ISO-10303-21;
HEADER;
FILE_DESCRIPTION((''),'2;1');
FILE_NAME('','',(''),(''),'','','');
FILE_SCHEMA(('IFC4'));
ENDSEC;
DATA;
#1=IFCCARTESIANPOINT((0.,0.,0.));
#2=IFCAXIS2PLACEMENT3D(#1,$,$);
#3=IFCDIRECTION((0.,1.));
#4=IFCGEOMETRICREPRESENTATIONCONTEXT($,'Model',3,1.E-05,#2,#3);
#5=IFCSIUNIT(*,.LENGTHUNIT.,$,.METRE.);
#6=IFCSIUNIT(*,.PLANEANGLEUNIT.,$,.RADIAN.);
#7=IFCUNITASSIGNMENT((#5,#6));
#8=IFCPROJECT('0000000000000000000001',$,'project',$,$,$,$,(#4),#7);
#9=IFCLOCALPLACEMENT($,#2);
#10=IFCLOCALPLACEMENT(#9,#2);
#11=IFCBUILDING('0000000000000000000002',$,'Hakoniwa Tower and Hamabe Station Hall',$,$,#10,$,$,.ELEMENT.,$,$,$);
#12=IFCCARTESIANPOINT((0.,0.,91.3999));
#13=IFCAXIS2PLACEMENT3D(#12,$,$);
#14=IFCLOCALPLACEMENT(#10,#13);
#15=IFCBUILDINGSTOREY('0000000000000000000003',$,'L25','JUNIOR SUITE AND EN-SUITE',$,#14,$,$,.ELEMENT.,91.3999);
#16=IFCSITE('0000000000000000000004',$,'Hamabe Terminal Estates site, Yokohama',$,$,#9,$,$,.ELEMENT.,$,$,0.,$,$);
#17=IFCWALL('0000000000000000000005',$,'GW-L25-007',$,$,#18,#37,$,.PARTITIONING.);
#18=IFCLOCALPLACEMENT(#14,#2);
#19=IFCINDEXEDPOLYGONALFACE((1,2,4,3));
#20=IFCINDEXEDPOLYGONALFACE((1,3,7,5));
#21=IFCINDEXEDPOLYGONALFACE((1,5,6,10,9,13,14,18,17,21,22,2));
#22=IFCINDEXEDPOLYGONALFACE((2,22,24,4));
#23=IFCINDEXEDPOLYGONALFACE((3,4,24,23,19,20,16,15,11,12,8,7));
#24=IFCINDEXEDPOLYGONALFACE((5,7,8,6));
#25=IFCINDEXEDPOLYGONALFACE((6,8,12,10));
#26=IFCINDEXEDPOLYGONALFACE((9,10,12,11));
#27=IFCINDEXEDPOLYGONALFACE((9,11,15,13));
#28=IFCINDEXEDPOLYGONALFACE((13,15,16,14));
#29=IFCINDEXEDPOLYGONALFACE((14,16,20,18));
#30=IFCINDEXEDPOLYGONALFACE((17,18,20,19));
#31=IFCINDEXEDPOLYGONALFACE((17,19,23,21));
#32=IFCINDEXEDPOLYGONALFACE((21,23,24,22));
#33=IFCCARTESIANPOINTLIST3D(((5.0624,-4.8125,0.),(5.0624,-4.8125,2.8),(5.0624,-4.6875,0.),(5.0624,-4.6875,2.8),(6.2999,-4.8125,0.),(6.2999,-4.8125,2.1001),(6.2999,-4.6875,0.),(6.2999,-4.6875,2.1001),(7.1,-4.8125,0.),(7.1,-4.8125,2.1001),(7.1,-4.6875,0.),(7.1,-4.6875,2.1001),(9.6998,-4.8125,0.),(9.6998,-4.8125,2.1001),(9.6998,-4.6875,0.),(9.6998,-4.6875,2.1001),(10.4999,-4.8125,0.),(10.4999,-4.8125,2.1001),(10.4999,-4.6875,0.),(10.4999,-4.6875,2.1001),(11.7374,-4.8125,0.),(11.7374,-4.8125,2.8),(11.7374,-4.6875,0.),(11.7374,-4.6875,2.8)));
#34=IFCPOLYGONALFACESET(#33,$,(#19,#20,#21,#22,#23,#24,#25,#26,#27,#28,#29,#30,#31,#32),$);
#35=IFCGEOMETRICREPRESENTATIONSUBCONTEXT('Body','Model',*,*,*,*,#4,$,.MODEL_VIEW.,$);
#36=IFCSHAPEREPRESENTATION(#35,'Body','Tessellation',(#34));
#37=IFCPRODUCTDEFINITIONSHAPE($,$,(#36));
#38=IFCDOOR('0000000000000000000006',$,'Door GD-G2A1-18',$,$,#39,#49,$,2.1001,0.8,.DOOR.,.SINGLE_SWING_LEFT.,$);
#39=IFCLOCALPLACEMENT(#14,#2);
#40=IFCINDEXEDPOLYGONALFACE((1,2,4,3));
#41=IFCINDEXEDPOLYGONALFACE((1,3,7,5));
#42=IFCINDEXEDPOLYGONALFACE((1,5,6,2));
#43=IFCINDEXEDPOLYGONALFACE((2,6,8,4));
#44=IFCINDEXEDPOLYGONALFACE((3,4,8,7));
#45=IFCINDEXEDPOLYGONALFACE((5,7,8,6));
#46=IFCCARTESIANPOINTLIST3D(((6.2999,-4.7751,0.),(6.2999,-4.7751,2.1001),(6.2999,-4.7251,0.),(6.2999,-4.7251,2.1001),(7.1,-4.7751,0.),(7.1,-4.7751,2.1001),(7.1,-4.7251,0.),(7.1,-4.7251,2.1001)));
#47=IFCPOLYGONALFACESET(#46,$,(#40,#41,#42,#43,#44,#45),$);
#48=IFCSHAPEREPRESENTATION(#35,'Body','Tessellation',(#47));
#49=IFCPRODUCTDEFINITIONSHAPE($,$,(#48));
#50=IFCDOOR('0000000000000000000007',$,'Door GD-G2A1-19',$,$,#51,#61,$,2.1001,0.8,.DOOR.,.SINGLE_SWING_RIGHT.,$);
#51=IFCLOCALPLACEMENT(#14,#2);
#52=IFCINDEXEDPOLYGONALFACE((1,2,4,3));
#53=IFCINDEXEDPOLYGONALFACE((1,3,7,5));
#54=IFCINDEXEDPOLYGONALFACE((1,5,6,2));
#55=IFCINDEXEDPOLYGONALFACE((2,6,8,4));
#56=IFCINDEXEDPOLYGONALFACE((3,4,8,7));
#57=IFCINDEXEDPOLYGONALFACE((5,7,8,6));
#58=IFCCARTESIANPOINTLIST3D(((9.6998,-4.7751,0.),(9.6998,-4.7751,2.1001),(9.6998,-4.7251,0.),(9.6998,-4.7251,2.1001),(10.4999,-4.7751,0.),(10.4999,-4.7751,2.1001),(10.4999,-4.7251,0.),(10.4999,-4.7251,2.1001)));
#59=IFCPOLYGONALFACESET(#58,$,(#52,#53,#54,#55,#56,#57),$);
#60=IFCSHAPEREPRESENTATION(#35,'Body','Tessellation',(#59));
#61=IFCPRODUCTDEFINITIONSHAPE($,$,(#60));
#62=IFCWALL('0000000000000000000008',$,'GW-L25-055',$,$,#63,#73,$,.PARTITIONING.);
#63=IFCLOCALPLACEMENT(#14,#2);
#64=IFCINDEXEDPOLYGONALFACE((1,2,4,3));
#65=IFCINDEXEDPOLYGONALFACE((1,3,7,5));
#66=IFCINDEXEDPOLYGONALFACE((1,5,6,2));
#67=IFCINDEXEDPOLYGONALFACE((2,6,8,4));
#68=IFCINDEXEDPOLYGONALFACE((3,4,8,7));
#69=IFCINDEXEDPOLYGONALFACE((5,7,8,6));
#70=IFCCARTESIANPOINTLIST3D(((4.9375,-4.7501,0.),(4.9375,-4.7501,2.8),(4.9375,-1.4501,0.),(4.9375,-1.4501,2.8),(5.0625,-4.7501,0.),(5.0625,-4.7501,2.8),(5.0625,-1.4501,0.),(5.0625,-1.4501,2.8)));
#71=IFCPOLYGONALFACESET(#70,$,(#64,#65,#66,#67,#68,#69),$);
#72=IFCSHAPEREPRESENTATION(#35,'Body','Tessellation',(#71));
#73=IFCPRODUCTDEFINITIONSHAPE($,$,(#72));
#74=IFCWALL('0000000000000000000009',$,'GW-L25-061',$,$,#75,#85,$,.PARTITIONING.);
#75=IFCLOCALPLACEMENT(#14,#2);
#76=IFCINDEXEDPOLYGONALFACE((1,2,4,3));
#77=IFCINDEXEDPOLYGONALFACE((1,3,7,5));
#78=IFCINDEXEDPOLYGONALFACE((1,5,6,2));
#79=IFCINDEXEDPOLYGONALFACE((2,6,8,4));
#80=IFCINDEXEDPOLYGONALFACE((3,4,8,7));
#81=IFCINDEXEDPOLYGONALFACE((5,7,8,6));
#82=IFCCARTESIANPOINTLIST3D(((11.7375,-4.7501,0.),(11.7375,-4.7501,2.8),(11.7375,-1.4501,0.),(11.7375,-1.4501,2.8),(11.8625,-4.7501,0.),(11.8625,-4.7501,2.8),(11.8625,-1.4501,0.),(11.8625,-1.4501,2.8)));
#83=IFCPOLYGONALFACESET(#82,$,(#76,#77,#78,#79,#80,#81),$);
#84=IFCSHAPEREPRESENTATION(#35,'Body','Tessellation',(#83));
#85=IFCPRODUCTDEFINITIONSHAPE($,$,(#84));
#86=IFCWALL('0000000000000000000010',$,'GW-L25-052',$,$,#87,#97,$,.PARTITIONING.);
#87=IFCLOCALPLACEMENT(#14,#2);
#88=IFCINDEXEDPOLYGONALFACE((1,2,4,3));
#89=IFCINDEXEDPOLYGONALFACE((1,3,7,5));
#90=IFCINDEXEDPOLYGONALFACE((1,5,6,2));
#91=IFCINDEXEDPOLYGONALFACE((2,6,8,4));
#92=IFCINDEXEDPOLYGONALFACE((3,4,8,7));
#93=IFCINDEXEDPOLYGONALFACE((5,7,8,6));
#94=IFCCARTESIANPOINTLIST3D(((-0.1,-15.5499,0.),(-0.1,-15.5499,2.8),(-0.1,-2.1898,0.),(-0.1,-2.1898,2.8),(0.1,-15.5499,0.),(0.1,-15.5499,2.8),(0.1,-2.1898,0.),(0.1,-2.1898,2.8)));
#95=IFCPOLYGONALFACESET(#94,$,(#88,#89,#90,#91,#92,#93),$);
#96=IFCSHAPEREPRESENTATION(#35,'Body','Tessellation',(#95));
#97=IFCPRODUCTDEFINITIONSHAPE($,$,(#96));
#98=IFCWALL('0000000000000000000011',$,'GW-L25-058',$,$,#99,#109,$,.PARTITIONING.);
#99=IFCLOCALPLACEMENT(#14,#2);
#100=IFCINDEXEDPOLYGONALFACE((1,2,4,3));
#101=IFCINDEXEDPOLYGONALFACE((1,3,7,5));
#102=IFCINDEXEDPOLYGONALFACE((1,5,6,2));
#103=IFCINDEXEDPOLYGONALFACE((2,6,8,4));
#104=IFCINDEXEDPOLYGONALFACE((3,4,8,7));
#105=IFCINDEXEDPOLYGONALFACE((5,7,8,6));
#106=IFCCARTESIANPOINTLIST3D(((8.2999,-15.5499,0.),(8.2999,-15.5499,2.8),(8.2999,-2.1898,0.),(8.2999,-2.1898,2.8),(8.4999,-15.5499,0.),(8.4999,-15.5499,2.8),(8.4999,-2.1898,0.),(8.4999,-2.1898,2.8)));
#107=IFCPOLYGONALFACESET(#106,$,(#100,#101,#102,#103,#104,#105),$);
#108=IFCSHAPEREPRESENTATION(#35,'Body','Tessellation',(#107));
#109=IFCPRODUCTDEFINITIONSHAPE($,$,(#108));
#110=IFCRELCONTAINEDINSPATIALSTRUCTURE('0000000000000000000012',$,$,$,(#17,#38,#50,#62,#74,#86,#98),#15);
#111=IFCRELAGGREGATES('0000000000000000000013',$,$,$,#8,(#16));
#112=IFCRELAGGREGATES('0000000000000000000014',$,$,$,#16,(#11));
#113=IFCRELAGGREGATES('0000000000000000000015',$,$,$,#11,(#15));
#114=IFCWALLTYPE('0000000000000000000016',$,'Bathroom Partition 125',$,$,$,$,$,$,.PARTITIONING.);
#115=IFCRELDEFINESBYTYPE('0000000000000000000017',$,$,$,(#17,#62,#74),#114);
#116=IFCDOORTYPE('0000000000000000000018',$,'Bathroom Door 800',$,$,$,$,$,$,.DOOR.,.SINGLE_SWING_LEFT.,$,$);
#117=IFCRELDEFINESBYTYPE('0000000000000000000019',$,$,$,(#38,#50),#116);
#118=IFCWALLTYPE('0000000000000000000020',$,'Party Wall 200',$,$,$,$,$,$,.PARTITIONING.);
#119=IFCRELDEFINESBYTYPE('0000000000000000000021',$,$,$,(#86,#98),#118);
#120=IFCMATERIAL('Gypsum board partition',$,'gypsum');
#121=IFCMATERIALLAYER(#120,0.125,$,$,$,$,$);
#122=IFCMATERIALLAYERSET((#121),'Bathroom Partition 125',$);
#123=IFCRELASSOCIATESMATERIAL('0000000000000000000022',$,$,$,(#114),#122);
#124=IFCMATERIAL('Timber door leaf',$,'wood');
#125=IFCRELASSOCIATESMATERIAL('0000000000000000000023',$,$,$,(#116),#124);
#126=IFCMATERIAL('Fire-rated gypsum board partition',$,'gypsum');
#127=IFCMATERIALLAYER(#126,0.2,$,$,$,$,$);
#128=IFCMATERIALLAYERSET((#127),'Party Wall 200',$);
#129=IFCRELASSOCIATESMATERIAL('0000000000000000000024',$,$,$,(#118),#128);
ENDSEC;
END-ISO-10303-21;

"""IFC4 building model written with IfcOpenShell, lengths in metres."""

from ifc_helpers import new_model, si_unit, direction, frame, frame_2d, origin, place, context, subcontext, project, spatial, rectangle, extrude, material, layer, layer_set, type_object, element, fill, save


model = new_model("IFC4")

# Units and contexts
model_context = context("Model", 3, precision=1e-05, world=origin(), true_north=direction((0.0, 1.0)))
body_context = subcontext(model_context, "Body", "Model", "MODEL_VIEW")
ifc_project = project(units=[si_unit("LENGTHUNIT", "METRE"), si_unit("PLANEANGLEUNIT", "RADIAN")], contexts=[model_context])

# Site, building, storey
site_placement = place(None, origin())
site = spatial("IfcSite", under=ifc_project, at=site_placement, Name="Hamabe Terminal Estates site, Yokohama", CompositionType="ELEMENT", RefElevation=0.0)
building_placement = place(site_placement, origin())
building = spatial("IfcBuilding", under=site, at=building_placement, Name="Hakoniwa Tower and Hamabe Station Hall", CompositionType="ELEMENT")
storey_placement = place(building_placement, frame((0.0, 0.0, 91.3999)))
storey = spatial("IfcBuildingStorey", under=building, at=storey_placement, Name="L25", Description="JUNIOR SUITE AND EN-SUITE", CompositionType="ELEMENT", Elevation=91.3999)

# Wall, openings, doors
ifc_material_1 = material(Name="Gypsum board partition", Category="gypsum")
ifc_layer_1 = layer(ifc_material_1, 0.125)
ifc_layer_set_1 = layer_set([ifc_layer_1], Name="Bathroom Partition 125")
wall_type_1 = type_object("IfcWallType", Name="Bathroom Partition 125", PredefinedType="PARTITIONING", material=ifc_layer_set_1)
wall_placement = place(storey_placement, frame((5.0625, -4.75, 0.0), z_axis=(0.0, 0.0, 1.0), x_axis=(1.0, 0.0, 0.0)))
wall = element("IfcWall", 1, at=wall_placement, inside=storey, type_object=wall_type_1, Name="GW-L25-007", PredefinedType="PARTITIONING", context=body_context, shape_type="SweptSolid", body=[
    extrude(rectangle(XDim=6.675, YDim=0.125, at=frame_2d((3.3374, 0.0))), origin(), (0.0, 0.0, 1.0), 2.8),
])
opening_1_placement = place(wall_placement, frame((1.2375, 0.0, 0.0)))
opening_1 = element("IfcOpeningElement", 2, at=opening_1_placement, cuts=wall, PredefinedType="OPENING", context=body_context, shape_type="SweptSolid", body=[
    extrude(rectangle(XDim=0.8, YDim=2.1001, at=frame_2d((0.3999, 1.05))), frame((0.0, 0.0725, 0.0), z_axis=(0.0, -1.0, 0.0), x_axis=(1.0, 0.0, 0.0)), (0.0, 0.0, 1.0), 0.145),
])
opening_2_placement = place(wall_placement, frame((4.6375, 0.0, 0.0)))
opening_2 = element("IfcOpeningElement", 3, at=opening_2_placement, cuts=wall, PredefinedType="OPENING", context=body_context, shape_type="SweptSolid", body=[
    extrude(rectangle(XDim=0.8, YDim=2.1001, at=frame_2d((0.3999, 1.05))), frame((0.0, 0.0725, 0.0), z_axis=(0.0, -1.0, 0.0), x_axis=(1.0, 0.0, 0.0)), (0.0, 0.0, 1.0), 0.145),
])
ifc_material_2 = material(Name="Timber door leaf", Category="wood")
door_type = type_object("IfcDoorType", Name="Bathroom Door 800", OperationType="SINGLE_SWING_LEFT", PredefinedType="DOOR", material=ifc_material_2)
door_1_placement = place(opening_1_placement, origin())
door_1 = element("IfcDoor", 4, at=door_1_placement, inside=storey, type_object=door_type, Name="Door GD-G2A1-18", OperationType="SINGLE_SWING_LEFT", OverallHeight=2.1001, OverallWidth=0.8, PredefinedType="DOOR", context=body_context, shape_type="SweptSolid", body=[
    extrude(rectangle(XDim=0.8, YDim=2.1001, at=frame_2d((0.3999, 1.05))), frame((0.0, 0.0249, 0.0), z_axis=(0.0, -1.0, 0.0), x_axis=(1.0, 0.0, 0.0)), (0.0, 0.0, 1.0), 0.05),
])
fill(opening_1, door_1)
door_2_placement = place(opening_2_placement, origin())
door_2 = element("IfcDoor", 5, at=door_2_placement, inside=storey, type_object=door_type, Name="Door GD-G2A1-19", OperationType="SINGLE_SWING_RIGHT", OverallHeight=2.1001, OverallWidth=0.8, PredefinedType="DOOR", context=body_context, shape_type="SweptSolid", body=[
    extrude(rectangle(XDim=0.8, YDim=2.1001, at=frame_2d((0.3999, 1.05))), frame((0.0, 0.0249, 0.0), z_axis=(0.0, -1.0, 0.0), x_axis=(1.0, 0.0, 0.0)), (0.0, 0.0, 1.0), 0.05),
])
fill(opening_2, door_2)

# Walls
for number, where, z_axis, x_axis, name in (
    (6, (5.0, -4.75, 0.0), (0.0, 0.0, 1.0), (0.0, 1.0, 0.0), "GW-L25-055"),
    (7, (11.8, -4.75, 0.0), (0.0, 0.0, 1.0), (0.0, 1.0, 0.0), "GW-L25-061"),
):
    element("IfcWall", number, at=place(storey_placement, frame(where, z_axis=z_axis, x_axis=x_axis)), inside=storey, type_object=wall_type_1, Name=name, PredefinedType="PARTITIONING", context=body_context, shape_type="SweptSolid", body=[
        extrude(rectangle(XDim=3.3, YDim=0.125, at=frame_2d((1.6499, 0.0))), origin(), (0.0, 0.0, 1.0), 2.8),
    ])
ifc_material_3 = material(Name="Fire-rated gypsum board partition", Category="gypsum")
ifc_layer_2 = layer(ifc_material_3, 0.2)
ifc_layer_set_2 = layer_set([ifc_layer_2], Name="Party Wall 200")
wall_type_2 = type_object("IfcWallType", Name="Party Wall 200", PredefinedType="PARTITIONING", material=ifc_layer_set_2)
for number, where, z_axis, x_axis, name in (
    (8, (0.0, -15.55, 0.0), (0.0, 0.0, 1.0), (0.0, 1.0, 0.0), "GW-L25-052"),
    (9, (8.3999, -15.55, 0.0), (0.0, 0.0, 1.0), (0.0, 1.0, 0.0), "GW-L25-058"),
):
    element("IfcWall", number, at=place(storey_placement, frame(where, z_axis=z_axis, x_axis=x_axis)), inside=storey, type_object=wall_type_2, Name=name, PredefinedType="PARTITIONING", context=body_context, shape_type="SweptSolid", body=[
        extrude(rectangle(XDim=13.3601, YDim=0.2, at=frame_2d((6.6802, 0.0))), origin(), (0.0, 0.0, 1.0), 2.8),
    ])

save(model, "model.ifc")
